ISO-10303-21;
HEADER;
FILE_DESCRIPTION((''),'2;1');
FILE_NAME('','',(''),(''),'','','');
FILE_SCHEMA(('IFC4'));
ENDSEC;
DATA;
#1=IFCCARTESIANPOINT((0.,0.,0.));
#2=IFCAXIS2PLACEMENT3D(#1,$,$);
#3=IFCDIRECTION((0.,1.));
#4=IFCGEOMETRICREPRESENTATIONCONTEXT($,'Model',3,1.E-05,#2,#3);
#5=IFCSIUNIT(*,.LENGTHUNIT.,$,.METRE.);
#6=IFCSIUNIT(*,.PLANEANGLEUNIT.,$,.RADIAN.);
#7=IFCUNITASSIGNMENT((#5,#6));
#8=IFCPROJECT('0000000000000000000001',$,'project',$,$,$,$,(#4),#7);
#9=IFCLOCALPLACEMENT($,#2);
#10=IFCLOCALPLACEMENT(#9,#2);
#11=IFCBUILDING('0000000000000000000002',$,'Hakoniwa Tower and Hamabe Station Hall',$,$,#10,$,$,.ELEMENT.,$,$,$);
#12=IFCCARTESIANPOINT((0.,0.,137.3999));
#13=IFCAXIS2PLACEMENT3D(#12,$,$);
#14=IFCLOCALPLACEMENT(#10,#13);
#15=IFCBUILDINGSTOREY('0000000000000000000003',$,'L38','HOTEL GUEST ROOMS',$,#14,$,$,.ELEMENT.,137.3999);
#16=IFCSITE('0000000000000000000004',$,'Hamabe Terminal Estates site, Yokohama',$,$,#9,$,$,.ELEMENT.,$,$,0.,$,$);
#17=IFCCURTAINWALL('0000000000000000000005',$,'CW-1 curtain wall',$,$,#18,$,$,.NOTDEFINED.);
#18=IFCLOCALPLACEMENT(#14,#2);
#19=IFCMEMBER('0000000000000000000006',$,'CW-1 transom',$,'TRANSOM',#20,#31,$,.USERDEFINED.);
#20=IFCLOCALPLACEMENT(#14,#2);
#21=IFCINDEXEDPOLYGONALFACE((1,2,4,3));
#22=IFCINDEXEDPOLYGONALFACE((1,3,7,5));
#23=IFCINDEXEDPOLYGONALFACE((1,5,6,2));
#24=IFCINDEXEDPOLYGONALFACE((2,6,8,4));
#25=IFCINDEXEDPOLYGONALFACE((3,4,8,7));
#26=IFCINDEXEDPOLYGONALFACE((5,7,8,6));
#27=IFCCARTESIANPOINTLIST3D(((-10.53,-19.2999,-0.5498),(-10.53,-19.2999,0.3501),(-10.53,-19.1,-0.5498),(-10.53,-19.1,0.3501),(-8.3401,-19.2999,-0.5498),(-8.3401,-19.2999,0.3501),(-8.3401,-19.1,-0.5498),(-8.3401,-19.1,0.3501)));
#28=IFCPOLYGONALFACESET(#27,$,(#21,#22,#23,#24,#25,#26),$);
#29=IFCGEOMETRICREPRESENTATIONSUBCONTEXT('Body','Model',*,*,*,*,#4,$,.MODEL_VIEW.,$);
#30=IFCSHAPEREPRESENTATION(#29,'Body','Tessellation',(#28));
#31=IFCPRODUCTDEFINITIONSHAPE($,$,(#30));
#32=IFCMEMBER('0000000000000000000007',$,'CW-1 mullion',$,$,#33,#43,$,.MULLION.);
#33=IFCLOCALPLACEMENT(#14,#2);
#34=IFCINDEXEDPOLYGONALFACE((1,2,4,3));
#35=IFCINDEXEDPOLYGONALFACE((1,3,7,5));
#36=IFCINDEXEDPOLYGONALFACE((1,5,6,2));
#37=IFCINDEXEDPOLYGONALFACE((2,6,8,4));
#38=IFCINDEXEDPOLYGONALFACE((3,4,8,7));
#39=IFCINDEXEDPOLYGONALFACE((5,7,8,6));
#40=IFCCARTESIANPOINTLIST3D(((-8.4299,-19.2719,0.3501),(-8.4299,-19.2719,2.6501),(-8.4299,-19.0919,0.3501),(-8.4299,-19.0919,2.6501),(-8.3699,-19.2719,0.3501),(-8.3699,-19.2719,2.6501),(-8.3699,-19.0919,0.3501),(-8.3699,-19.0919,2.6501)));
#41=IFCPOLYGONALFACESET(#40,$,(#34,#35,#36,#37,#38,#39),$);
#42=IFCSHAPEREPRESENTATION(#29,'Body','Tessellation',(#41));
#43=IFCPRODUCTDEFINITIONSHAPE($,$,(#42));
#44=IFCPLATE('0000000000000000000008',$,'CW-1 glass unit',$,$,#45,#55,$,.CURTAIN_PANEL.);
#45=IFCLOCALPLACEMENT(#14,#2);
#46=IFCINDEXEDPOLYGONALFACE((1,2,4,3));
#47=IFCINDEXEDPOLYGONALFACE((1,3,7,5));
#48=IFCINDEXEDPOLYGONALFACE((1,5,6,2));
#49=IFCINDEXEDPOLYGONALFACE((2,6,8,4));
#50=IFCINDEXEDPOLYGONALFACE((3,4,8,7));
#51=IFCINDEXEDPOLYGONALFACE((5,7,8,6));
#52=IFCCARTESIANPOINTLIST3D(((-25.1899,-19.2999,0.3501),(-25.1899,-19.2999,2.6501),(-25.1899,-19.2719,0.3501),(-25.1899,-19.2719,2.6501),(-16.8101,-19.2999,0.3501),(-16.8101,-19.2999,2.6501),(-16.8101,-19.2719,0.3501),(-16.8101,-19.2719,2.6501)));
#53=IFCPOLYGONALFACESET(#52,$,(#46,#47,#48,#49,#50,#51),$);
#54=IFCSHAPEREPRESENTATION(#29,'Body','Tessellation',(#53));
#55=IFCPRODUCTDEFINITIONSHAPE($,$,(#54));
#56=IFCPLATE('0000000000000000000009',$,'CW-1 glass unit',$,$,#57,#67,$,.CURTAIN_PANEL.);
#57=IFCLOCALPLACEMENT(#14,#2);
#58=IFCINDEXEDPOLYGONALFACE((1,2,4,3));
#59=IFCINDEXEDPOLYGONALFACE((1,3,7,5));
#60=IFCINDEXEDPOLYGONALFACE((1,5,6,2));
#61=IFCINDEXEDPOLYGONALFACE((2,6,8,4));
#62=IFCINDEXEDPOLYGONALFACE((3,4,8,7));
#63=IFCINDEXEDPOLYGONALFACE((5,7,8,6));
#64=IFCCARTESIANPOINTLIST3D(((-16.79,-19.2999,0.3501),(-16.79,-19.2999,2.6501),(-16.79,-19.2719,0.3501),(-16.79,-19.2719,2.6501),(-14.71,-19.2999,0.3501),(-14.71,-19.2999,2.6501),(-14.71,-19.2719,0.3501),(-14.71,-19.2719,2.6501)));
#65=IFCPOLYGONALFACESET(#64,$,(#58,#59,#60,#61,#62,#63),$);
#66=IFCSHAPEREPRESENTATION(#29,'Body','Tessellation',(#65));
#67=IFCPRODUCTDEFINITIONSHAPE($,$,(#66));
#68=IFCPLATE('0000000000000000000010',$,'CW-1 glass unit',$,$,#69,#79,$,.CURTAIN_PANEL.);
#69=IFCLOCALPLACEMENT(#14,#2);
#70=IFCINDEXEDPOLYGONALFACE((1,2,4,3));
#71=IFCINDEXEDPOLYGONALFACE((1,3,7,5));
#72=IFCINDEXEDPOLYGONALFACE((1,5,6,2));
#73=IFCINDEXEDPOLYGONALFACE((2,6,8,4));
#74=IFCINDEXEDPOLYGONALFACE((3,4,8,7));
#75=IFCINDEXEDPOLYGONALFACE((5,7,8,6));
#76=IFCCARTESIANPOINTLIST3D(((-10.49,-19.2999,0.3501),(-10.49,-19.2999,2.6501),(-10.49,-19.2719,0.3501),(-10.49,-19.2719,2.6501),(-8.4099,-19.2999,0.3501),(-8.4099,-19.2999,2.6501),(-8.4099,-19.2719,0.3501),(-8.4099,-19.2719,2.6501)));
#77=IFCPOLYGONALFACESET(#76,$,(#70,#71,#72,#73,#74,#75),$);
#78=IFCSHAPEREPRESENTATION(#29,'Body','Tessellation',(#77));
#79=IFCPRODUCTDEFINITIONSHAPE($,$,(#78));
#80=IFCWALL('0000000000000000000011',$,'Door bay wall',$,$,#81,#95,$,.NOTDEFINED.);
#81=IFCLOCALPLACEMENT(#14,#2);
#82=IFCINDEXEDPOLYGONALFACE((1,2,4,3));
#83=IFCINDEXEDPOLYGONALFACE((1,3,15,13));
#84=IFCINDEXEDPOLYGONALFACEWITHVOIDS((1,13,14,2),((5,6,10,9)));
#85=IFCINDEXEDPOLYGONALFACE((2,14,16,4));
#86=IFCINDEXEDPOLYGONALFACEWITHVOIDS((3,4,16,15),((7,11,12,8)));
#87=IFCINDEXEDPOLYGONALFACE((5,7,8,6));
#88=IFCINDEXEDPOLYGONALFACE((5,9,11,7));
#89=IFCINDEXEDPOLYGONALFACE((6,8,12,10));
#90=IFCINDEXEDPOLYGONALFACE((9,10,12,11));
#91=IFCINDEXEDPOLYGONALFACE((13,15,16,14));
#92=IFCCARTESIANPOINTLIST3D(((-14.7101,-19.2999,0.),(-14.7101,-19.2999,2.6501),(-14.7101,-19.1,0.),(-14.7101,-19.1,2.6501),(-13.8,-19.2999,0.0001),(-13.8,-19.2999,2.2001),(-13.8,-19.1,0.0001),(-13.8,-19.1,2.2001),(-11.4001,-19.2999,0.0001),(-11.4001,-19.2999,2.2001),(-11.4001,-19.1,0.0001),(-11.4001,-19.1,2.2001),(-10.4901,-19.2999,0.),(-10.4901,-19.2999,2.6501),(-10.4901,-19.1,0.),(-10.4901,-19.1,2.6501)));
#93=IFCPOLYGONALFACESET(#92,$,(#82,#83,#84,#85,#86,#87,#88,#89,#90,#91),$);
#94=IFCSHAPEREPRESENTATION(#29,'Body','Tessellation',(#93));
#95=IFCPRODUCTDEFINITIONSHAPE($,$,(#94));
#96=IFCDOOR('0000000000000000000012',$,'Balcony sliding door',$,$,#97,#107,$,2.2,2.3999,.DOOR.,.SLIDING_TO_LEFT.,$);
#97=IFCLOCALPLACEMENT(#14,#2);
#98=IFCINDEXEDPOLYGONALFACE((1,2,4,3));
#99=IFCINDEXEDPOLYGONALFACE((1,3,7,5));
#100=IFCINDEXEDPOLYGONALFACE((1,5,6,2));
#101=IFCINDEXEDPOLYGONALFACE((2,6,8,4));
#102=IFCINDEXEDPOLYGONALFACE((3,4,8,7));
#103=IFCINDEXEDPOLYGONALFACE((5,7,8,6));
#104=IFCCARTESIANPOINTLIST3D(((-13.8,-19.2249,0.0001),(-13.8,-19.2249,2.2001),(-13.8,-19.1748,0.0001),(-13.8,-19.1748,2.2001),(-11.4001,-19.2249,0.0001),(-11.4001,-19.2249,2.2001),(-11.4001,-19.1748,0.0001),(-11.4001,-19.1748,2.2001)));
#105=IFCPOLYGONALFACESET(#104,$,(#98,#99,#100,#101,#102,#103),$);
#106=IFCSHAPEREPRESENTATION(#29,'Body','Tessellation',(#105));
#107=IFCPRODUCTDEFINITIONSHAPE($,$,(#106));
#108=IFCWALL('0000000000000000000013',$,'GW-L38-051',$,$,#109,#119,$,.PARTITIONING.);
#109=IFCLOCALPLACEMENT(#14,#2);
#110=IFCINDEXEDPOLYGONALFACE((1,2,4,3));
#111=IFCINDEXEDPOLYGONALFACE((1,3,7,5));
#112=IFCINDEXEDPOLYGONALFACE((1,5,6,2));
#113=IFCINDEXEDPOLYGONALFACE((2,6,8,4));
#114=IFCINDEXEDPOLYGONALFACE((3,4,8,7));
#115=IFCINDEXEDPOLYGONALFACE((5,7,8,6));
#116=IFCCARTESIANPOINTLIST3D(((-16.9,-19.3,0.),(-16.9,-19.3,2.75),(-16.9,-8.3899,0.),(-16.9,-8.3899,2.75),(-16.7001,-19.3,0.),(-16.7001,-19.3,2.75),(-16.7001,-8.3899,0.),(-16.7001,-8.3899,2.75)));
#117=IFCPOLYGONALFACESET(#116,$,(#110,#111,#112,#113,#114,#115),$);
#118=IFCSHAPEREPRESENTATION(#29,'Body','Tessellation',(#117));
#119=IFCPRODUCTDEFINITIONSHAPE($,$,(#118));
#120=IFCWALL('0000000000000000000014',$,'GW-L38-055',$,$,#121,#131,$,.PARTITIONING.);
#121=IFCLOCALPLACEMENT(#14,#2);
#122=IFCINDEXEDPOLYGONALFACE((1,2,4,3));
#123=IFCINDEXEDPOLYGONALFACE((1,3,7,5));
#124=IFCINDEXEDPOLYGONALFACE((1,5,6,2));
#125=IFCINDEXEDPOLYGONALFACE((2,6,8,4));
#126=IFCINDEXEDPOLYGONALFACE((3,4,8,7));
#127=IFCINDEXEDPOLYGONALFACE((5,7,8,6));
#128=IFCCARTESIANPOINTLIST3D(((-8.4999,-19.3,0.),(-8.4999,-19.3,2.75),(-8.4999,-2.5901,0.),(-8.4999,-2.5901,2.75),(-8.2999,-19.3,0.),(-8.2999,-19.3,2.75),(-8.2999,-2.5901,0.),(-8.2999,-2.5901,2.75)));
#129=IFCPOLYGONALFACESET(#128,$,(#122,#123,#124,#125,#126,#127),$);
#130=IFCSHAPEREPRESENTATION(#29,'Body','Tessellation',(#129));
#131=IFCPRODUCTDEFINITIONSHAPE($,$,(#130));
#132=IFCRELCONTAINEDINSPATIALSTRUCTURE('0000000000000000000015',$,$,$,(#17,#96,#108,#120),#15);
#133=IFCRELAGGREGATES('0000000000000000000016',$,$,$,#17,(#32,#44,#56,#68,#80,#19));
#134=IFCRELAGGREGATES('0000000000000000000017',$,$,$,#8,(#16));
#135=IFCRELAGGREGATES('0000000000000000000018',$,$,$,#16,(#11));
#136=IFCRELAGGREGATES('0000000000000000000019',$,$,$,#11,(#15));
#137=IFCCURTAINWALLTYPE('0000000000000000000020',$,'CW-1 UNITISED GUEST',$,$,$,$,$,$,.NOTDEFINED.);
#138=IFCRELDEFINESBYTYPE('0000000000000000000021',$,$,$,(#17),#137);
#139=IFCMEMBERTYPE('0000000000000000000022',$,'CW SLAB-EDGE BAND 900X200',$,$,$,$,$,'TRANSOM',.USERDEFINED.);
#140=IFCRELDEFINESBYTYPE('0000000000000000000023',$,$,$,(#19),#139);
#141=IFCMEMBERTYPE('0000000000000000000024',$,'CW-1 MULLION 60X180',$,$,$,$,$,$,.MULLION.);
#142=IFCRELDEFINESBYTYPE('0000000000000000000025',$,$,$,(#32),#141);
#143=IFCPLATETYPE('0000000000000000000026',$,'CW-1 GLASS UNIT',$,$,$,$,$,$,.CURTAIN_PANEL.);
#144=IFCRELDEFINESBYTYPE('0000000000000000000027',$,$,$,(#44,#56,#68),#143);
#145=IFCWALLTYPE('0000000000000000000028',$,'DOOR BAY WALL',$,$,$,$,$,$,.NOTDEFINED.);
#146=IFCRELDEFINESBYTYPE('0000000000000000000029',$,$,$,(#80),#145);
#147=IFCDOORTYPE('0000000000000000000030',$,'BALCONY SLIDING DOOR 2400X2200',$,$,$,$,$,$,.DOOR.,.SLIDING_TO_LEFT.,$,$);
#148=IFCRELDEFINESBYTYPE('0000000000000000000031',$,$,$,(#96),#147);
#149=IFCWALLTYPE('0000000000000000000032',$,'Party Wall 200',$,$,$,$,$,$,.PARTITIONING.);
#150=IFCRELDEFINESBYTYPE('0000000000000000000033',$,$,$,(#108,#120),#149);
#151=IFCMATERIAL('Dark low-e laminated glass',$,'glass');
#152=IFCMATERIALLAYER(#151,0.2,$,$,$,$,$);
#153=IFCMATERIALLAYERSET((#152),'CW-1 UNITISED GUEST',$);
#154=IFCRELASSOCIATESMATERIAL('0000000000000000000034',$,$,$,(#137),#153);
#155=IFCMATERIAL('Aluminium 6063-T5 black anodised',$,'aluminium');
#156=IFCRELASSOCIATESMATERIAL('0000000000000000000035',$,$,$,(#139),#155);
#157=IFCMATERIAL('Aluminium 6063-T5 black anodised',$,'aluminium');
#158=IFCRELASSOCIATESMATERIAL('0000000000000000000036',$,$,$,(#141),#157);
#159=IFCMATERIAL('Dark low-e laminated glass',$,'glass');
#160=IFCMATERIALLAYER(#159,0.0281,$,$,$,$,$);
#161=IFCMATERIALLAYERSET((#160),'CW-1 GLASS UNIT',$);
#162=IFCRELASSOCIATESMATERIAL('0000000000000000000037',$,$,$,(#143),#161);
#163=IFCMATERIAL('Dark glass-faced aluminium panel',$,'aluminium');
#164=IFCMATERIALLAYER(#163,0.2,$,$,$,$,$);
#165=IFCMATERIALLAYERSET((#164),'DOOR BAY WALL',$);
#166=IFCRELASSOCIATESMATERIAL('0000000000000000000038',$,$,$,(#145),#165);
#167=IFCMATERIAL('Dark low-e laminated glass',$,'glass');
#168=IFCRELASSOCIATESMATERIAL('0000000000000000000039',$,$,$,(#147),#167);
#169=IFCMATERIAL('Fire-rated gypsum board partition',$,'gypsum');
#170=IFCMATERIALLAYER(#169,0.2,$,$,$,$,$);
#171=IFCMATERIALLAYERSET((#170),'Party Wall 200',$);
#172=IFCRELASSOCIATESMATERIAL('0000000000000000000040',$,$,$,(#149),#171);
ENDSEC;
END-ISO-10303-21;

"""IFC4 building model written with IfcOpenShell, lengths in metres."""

from ifc_helpers import new_model, si_unit, direction, frame, frame_2d, origin, origin_2d, place, context, subcontext, project, spatial, rectangle, extrude, material, layer, layer_set, material_profile, profile_set, type_object, element, fill, aggregate, save


model = new_model("IFC4")

# Units and contexts
model_context = context("Model", 3, precision=1e-05, world=origin(), true_north=direction((0.0, 1.0)))
body_context = subcontext(model_context, "Body", "Model", "MODEL_VIEW")
ifc_project = project(units=[si_unit("LENGTHUNIT", "METRE"), si_unit("PLANEANGLEUNIT", "RADIAN")], contexts=[model_context])

# Site, building, storey
site_placement = place(None, origin())
site = spatial("IfcSite", under=ifc_project, at=site_placement, Name="Hamabe Terminal Estates site, Yokohama", CompositionType="ELEMENT", RefElevation=0.0)
building_placement = place(site_placement, origin())
building = spatial("IfcBuilding", under=site, at=building_placement, Name="Hakoniwa Tower and Hamabe Station Hall", CompositionType="ELEMENT")
storey_placement = place(building_placement, frame((0.0, 0.0, 137.3999)))
storey = spatial("IfcBuildingStorey", under=building, at=storey_placement, Name="L38", Description="HOTEL GUEST ROOMS", CompositionType="ELEMENT", Elevation=137.3999)

# Curtain wall, members, plates, wall, opening, door
ifc_material_1 = material(Name="Dark low-e laminated glass", Category="glass")
ifc_layer_1 = layer(ifc_material_1, 0.2)
ifc_layer_set_1 = layer_set([ifc_layer_1], Name="CW-1 UNITISED GUEST")
curtain_wall_type = type_object("IfcCurtainWallType", Name="CW-1 UNITISED GUEST", PredefinedType="NOTDEFINED", material=ifc_layer_set_1)
curtain_wall_placement = place(storey_placement, origin())
curtain_wall = element("IfcCurtainWall", 1, at=curtain_wall_placement, inside=storey, type_object=curtain_wall_type, Name="CW-1 curtain wall", PredefinedType="NOTDEFINED")
ifc_material_2 = material(Name="Aluminium 6063-T5 black anodised", Category="aluminium")
ifc_material_profile_1 = material_profile(ifc_material_2, rectangle(XDim=0.2, YDim=0.8999, at=origin_2d()), Name="CW SLAB-EDGE BAND 900X200")
ifc_profile_set_1 = profile_set([ifc_material_profile_1], Name="Aluminium 6063-T5 black anodised")
member_type_1 = type_object("IfcMemberType", Name="CW SLAB-EDGE BAND 900X200", ElementType="TRANSOM", PredefinedType="USERDEFINED", material=ifc_profile_set_1)
member_1_placement = place(storey_placement, frame((-10.53, -19.2, -0.0999), z_axis=(1.0, 0.0, 0.0), x_axis=(0.0, 1.0, 0.0)))
member_1 = element("IfcMember", 2, at=member_1_placement, type_object=member_type_1, Name="CW-1 transom", ObjectType="TRANSOM", PredefinedType="USERDEFINED", context=body_context, shape_type="SweptSolid", body=[
    extrude(rectangle(XDim=0.2, YDim=0.8999, at=origin_2d()), origin(), (0.0, 0.0, 1.0), 2.1899),
])
ifc_material_3 = material(Name="Aluminium 6063-T5 black anodised", Category="aluminium")
ifc_material_profile_2 = material_profile(ifc_material_3, rectangle(XDim=0.0601, YDim=0.1799, at=origin_2d()), Name="CW-1 MULLION 60X180")
ifc_profile_set_2 = profile_set([ifc_material_profile_2], Name="Aluminium 6063-T5 black anodised")
member_type_2 = type_object("IfcMemberType", Name="CW-1 MULLION 60X180", PredefinedType="MULLION", material=ifc_profile_set_2)
member_2_placement = place(storey_placement, frame((-8.3999, -19.1819, 0.3501), z_axis=(0.0, 0.0, 1.0), x_axis=(1.0, 0.0, 0.0)))
member_2 = element("IfcMember", 3, at=member_2_placement, type_object=member_type_2, Name="CW-1 mullion", PredefinedType="MULLION", context=body_context, shape_type="SweptSolid", body=[
    extrude(rectangle(XDim=0.0601, YDim=0.1799, at=origin_2d()), origin(), (0.0, 0.0, 1.0), 2.3),
])
ifc_material_4 = material(Name="Dark low-e laminated glass", Category="glass")
ifc_layer_2 = layer(ifc_material_4, 0.0281)
ifc_layer_set_2 = layer_set([ifc_layer_2], Name="CW-1 GLASS UNIT")
plate_type = type_object("IfcPlateType", Name="CW-1 GLASS UNIT", PredefinedType="CURTAIN_PANEL", material=ifc_layer_set_2)
plate_1_placement = place(storey_placement, frame((-21.0, -19.2859, 0.3501), z_axis=(0.0, 0.0, 1.0), x_axis=(1.0, 0.0, 0.0)))
plate_1 = element("IfcPlate", 4, at=plate_1_placement, type_object=plate_type, Name="CW-1 glass unit", PredefinedType="CURTAIN_PANEL", context=body_context, shape_type="SweptSolid", body=[
    extrude(rectangle(XDim=8.3799, YDim=0.0281, at=origin_2d()), origin(), (0.0, 0.0, 1.0), 2.3),
])
plate_2_placement = place(storey_placement, frame((-15.75, -19.2859, 0.3501), z_axis=(0.0, 0.0, 1.0), x_axis=(1.0, 0.0, 0.0)))
plate_2 = element("IfcPlate", 5, at=plate_2_placement, type_object=plate_type, Name="CW-1 glass unit", PredefinedType="CURTAIN_PANEL", context=body_context, shape_type="SweptSolid", body=[
    extrude(rectangle(XDim=2.0801, YDim=0.0281, at=origin_2d()), origin(), (0.0, 0.0, 1.0), 2.3),
])
plate_3_placement = place(storey_placement, frame((-9.45, -19.2859, 0.3501), z_axis=(0.0, 0.0, 1.0), x_axis=(1.0, 0.0, 0.0)))
plate_3 = element("IfcPlate", 6, at=plate_3_placement, type_object=plate_type, Name="CW-1 glass unit", PredefinedType="CURTAIN_PANEL", context=body_context, shape_type="SweptSolid", body=[
    extrude(rectangle(XDim=2.0801, YDim=0.0281, at=origin_2d()), origin(), (0.0, 0.0, 1.0), 2.3),
])
ifc_material_5 = material(Name="Dark glass-faced aluminium panel", Category="aluminium")
ifc_layer_3 = layer(ifc_material_5, 0.2)
ifc_layer_set_3 = layer_set([ifc_layer_3], Name="DOOR BAY WALL")
wall_type_1 = type_object("IfcWallType", Name="DOOR BAY WALL", PredefinedType="NOTDEFINED", material=ifc_layer_set_3)
wall_1_placement = place(storey_placement, frame((-14.71, -19.2, 0.0), z_axis=(0.0, 0.0, 1.0), x_axis=(1.0, 0.0, 0.0)))
wall_1 = element("IfcWall", 7, at=wall_1_placement, type_object=wall_type_1, Name="Door bay wall", PredefinedType="NOTDEFINED", context=body_context, shape_type="SweptSolid", body=[
    extrude(rectangle(XDim=4.22, YDim=0.2, at=frame_2d((2.1099, 0.0))), origin(), (0.0, 0.0, 1.0), 2.6501),
])
opening_placement = place(wall_1_placement, frame((0.9099, 0.0, 0.0)))
opening = element("IfcOpeningElement", 8, at=opening_placement, cuts=wall_1, PredefinedType="OPENING", context=body_context, shape_type="SweptSolid", body=[
    extrude(rectangle(XDim=2.3999, YDim=2.2, at=frame_2d((1.2, 1.1001))), frame((0.0, 0.1099, 0.0), z_axis=(0.0, -1.0, 0.0), x_axis=(1.0, 0.0, 0.0)), (0.0, 0.0, 1.0), 0.22),
])
ifc_material_6 = material(Name="Dark low-e laminated glass", Category="glass")
door_type = type_object("IfcDoorType", Name="BALCONY SLIDING DOOR 2400X2200", OperationType="SLIDING_TO_LEFT", PredefinedType="DOOR", material=ifc_material_6)
door_placement = place(opening_placement, frame((2.3999, 0.0, 0.0), z_axis=(0.0, 0.0, 1.0), x_axis=(-1.0, 0.0, 0.0)))
door = element("IfcDoor", 9, at=door_placement, inside=storey, type_object=door_type, Name="Balcony sliding door", OperationType="SLIDING_TO_LEFT", OverallHeight=2.2, OverallWidth=2.3999, PredefinedType="DOOR", context=body_context, shape_type="SweptSolid", body=[
    extrude(rectangle(XDim=2.3999, YDim=2.2, at=frame_2d((1.2, 1.1001))), frame((0.0, 0.0249, 0.0), z_axis=(0.0, -1.0, 0.0), x_axis=(1.0, 0.0, 0.0)), (0.0, 0.0, 1.0), 0.05),
])
fill(opening, door)
aggregate(curtain_wall, [member_2, plate_1, plate_2, plate_3, wall_1, member_1])

# Walls
ifc_material_7 = material(Name="Fire-rated gypsum board partition", Category="gypsum")
ifc_layer_4 = layer(ifc_material_7, 0.2)
ifc_layer_set_4 = layer_set([ifc_layer_4], Name="Party Wall 200")
wall_type_2 = type_object("IfcWallType", Name="Party Wall 200", PredefinedType="PARTITIONING", material=ifc_layer_set_4)
wall_2_placement = place(storey_placement, frame((-16.8, -19.3, 0.0), z_axis=(0.0, 0.0, 1.0), x_axis=(0.0, 1.0, 0.0)))
element("IfcWall", 10, at=wall_2_placement, inside=storey, type_object=wall_type_2, Name="GW-L38-051", PredefinedType="PARTITIONING", context=body_context, shape_type="SweptSolid", body=[
    extrude(rectangle(XDim=10.9102, YDim=0.2, at=frame_2d((5.4551, 0.0))), origin(), (0.0, 0.0, 1.0), 2.75),
])
wall_3_placement = place(storey_placement, frame((-8.3999, -19.3, 0.0), z_axis=(0.0, 0.0, 1.0), x_axis=(0.0, 1.0, 0.0)))
element("IfcWall", 11, at=wall_3_placement, inside=storey, type_object=wall_type_2, Name="GW-L38-055", PredefinedType="PARTITIONING", context=body_context, shape_type="SweptSolid", body=[
    extrude(rectangle(XDim=16.71, YDim=0.2, at=frame_2d((8.355, 0.0))), origin(), (0.0, 0.0, 1.0), 2.75),
])

save(model, "model.ifc")
